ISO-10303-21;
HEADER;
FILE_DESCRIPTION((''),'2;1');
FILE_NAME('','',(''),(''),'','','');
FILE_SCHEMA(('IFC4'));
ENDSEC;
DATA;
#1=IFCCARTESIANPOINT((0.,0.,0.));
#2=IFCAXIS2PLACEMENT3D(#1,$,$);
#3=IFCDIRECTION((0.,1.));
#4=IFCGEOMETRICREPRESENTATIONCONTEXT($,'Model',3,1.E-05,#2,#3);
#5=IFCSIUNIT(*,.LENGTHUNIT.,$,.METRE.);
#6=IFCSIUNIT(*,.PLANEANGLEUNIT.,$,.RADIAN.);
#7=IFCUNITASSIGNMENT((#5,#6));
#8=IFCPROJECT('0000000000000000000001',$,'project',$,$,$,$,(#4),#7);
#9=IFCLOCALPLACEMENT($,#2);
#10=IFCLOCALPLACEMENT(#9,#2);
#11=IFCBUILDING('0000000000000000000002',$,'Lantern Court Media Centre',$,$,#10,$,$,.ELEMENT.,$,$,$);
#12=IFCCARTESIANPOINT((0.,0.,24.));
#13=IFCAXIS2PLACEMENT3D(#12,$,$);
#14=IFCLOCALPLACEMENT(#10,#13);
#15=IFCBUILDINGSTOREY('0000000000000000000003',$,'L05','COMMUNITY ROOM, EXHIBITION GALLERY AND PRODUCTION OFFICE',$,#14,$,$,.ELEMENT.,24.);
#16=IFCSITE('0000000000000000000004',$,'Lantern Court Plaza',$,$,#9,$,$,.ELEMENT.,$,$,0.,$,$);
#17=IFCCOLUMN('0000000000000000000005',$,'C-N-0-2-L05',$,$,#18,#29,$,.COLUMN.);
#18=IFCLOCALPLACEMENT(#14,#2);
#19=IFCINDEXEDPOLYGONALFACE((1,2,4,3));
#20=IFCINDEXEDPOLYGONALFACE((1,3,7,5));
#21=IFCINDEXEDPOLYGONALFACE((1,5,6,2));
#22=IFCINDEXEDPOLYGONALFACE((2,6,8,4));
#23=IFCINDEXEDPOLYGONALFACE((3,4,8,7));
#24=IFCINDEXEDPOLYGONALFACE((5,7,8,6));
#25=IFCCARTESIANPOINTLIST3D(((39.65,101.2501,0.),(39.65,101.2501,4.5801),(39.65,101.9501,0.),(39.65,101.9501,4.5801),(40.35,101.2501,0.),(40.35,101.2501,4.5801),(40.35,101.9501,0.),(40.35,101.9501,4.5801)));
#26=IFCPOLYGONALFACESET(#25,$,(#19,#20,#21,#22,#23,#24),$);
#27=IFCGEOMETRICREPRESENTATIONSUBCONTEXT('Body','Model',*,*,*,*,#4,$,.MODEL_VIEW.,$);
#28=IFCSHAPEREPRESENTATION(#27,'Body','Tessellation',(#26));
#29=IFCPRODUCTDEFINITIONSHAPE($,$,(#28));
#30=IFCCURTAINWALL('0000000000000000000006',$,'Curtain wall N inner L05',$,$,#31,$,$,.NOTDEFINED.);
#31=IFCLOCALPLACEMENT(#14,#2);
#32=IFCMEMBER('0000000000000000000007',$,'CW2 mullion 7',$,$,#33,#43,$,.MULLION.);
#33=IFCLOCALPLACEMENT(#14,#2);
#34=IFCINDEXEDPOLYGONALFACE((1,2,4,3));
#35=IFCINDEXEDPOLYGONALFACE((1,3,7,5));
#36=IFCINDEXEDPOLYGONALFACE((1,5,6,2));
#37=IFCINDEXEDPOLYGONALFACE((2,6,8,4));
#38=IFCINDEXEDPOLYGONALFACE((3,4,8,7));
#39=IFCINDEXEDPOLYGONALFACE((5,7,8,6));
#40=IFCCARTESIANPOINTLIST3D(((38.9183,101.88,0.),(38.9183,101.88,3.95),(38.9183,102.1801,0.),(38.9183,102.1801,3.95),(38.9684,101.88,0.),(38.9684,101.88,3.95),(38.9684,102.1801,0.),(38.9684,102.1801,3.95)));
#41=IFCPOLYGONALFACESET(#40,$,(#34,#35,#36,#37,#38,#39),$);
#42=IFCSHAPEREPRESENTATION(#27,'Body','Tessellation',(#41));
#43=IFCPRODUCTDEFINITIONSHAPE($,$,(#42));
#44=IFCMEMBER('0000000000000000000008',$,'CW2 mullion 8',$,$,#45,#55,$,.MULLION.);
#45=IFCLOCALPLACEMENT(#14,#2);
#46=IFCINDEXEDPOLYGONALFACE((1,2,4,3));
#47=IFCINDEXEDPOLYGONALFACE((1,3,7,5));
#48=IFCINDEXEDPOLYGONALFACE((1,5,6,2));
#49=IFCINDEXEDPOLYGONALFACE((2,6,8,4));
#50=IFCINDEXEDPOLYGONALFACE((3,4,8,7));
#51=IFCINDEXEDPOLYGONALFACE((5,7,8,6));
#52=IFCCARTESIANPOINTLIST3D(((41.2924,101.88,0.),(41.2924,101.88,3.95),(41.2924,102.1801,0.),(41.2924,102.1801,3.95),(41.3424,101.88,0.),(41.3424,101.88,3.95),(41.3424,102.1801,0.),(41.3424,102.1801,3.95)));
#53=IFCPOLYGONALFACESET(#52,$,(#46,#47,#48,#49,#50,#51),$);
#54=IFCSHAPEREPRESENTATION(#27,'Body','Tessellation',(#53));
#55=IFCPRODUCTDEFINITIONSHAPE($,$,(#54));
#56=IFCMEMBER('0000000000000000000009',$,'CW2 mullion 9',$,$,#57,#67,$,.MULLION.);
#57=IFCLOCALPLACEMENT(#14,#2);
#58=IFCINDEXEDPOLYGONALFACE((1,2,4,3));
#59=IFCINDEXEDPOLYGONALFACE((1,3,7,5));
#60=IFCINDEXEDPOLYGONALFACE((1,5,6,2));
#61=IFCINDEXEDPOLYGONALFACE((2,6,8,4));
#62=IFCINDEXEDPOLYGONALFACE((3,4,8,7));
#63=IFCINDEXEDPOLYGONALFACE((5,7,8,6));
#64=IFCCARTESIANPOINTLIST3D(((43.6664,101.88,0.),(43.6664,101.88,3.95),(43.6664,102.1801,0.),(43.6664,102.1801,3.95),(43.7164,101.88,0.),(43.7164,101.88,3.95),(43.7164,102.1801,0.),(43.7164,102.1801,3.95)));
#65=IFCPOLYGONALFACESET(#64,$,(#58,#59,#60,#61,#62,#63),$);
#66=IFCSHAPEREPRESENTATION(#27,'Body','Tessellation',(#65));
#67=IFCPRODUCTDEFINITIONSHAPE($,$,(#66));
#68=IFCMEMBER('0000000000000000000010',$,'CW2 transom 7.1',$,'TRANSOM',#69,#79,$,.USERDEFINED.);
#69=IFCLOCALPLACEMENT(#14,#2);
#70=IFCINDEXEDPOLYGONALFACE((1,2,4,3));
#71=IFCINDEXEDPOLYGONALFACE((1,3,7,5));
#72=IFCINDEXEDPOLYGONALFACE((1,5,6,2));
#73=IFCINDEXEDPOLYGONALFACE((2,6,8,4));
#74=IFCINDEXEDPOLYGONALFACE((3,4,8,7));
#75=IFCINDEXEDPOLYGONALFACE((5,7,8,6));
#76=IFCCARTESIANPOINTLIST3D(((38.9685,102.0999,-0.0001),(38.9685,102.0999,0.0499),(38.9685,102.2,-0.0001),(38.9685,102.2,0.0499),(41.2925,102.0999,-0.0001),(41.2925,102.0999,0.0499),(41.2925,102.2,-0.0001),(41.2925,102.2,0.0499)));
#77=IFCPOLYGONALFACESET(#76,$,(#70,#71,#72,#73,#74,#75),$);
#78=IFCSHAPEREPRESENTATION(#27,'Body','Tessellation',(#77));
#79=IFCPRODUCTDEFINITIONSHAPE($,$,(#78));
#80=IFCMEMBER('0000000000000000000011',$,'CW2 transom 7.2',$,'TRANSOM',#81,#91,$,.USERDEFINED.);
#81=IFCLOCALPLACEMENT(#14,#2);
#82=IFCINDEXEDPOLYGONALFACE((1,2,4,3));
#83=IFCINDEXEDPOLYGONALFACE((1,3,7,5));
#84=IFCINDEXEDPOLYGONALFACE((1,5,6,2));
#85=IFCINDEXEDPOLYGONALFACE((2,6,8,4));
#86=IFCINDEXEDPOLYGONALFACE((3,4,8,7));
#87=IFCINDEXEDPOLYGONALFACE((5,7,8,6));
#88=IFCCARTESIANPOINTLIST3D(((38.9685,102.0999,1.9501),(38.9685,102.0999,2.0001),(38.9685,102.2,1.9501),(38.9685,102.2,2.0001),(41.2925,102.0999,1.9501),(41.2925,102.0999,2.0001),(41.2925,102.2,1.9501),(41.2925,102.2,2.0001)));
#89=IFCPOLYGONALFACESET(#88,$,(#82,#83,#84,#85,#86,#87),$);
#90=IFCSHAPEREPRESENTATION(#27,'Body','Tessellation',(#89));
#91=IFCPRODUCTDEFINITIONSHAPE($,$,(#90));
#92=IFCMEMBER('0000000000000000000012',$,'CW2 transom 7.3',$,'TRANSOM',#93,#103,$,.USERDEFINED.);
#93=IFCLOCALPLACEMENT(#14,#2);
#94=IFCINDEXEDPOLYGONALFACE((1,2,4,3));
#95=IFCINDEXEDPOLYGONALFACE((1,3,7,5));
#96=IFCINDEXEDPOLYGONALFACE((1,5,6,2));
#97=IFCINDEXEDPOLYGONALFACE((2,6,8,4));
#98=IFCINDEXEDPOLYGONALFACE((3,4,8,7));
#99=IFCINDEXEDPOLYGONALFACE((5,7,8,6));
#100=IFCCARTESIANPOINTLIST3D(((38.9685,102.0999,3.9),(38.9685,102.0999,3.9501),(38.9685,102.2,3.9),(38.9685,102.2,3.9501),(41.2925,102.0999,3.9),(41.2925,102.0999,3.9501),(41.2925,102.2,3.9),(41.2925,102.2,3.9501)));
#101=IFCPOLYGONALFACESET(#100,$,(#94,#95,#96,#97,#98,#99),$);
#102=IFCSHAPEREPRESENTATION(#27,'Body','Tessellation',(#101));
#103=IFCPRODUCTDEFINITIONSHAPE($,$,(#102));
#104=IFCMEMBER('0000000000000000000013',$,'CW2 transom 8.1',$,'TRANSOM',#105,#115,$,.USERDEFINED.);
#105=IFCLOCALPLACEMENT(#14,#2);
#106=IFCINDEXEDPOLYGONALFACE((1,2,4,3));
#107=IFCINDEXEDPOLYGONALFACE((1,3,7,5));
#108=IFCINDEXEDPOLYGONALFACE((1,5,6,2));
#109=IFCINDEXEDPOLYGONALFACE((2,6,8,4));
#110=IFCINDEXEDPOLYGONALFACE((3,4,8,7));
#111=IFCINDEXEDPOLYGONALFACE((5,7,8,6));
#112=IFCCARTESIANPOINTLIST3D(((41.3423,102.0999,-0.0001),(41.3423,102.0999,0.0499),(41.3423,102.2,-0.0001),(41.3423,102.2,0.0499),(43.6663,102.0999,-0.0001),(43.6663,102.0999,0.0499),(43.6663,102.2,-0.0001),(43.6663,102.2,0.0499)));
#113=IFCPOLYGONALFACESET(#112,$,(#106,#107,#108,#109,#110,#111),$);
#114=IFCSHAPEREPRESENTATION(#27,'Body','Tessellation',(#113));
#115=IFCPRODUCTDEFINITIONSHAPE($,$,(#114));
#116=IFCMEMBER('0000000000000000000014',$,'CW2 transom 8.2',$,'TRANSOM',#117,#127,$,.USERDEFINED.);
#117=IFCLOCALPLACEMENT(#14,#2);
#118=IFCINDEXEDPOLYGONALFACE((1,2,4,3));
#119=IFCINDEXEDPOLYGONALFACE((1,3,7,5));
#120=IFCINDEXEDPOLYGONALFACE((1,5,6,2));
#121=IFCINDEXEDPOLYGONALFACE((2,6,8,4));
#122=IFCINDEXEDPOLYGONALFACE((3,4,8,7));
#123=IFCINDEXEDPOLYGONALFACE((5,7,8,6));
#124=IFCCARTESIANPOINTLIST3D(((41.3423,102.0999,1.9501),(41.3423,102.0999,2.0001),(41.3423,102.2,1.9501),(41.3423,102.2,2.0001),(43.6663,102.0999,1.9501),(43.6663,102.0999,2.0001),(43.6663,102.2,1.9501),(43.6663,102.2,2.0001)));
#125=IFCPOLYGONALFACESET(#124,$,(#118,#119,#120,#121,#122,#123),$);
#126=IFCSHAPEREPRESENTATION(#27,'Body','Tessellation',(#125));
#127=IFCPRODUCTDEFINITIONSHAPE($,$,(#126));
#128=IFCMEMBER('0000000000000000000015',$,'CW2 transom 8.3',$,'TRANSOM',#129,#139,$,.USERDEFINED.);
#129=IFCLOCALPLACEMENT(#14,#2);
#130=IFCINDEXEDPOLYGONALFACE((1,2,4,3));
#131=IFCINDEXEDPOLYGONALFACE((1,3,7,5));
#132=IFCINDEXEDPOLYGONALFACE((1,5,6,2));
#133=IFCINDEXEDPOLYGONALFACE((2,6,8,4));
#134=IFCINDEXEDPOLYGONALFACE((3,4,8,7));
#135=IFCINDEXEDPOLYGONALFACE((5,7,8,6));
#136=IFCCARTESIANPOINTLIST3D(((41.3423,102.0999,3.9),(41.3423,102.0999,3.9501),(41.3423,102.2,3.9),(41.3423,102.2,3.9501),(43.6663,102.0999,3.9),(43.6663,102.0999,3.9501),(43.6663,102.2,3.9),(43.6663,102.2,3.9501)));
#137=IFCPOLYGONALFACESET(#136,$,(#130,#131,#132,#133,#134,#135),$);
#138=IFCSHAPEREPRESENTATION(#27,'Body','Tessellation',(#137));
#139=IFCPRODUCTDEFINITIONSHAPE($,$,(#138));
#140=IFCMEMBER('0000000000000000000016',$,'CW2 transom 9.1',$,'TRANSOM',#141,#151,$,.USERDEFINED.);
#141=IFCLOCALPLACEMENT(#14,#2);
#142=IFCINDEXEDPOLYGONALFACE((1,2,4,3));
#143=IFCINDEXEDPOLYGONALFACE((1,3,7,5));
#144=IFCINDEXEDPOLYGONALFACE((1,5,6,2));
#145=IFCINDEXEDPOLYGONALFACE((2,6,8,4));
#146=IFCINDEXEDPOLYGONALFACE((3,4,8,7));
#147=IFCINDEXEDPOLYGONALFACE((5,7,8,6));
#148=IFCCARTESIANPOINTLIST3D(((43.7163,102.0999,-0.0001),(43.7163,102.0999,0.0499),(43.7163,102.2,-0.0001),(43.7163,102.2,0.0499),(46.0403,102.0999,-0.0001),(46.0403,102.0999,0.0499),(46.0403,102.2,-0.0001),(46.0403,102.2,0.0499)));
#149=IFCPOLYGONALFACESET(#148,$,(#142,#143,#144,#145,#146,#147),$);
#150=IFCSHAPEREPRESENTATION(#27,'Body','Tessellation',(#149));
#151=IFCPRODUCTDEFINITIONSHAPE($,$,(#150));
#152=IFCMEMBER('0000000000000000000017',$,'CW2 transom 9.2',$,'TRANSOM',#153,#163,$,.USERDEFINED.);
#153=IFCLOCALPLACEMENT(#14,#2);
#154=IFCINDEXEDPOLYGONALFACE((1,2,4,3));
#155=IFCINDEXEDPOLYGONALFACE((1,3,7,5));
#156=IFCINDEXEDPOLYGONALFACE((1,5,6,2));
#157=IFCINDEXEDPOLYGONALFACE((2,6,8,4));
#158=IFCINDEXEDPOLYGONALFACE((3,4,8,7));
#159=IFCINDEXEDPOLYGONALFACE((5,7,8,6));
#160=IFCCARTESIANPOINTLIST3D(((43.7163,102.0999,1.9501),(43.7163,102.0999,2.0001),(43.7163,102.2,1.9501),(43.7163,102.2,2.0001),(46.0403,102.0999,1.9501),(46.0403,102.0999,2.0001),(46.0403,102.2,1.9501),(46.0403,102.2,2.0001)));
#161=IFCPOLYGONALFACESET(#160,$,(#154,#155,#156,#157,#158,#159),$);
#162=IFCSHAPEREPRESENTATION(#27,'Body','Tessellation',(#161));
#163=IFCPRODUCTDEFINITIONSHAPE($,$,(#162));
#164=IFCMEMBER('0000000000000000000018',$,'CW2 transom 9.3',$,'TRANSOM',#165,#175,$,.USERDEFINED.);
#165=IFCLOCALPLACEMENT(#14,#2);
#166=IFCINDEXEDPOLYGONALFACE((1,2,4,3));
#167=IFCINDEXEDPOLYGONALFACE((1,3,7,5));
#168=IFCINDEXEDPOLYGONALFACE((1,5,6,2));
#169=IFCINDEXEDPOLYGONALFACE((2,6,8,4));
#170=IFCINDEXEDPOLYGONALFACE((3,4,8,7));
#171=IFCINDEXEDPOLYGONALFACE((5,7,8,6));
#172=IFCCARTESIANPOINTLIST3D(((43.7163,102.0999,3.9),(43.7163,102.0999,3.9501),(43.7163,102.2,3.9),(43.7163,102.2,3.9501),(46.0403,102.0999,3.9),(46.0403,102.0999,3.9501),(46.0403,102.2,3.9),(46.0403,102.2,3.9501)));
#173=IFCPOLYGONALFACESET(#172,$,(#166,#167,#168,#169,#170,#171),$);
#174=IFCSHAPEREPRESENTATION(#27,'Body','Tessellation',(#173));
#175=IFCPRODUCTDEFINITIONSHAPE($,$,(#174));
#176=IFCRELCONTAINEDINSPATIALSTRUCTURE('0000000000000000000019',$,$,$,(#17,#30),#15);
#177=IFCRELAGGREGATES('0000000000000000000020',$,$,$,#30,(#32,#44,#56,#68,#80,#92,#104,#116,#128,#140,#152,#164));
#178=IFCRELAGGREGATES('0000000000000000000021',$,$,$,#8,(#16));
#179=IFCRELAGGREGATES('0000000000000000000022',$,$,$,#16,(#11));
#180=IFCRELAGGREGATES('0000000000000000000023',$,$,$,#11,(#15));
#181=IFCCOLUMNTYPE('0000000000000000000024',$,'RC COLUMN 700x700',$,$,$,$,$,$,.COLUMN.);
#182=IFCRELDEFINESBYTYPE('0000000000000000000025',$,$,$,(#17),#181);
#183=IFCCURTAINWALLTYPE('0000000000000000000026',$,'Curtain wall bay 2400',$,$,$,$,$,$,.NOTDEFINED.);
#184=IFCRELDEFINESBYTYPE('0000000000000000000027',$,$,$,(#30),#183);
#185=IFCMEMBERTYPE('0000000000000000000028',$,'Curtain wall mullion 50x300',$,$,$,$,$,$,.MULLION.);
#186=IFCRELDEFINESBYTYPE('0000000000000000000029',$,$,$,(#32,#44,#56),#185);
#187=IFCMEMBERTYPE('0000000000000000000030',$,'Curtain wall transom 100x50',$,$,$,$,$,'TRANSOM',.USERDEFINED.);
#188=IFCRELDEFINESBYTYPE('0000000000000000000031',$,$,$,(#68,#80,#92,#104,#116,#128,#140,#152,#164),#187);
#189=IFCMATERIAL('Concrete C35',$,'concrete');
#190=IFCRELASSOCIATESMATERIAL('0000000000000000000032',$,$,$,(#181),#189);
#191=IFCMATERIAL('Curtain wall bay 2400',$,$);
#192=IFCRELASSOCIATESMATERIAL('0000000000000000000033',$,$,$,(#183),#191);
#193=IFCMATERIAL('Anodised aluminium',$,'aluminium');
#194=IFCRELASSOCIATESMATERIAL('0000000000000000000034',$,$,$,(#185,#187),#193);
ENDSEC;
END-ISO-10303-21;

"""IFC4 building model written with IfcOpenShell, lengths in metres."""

from ifc_helpers import new_model, si_unit, direction, frame, origin, origin_2d, place, context, subcontext, project, spatial, rectangle, extrude, material, material_profile, profile_set, type_object, element, aggregate, save


model = new_model("IFC4")

# Units and contexts
model_context = context("Model", 3, precision=1e-05, world=origin(), true_north=direction((0.0, 1.0)))
body_context = subcontext(model_context, "Body", "Model", "MODEL_VIEW")
ifc_project = project(units=[si_unit("LENGTHUNIT", "METRE"), si_unit("PLANEANGLEUNIT", "RADIAN")], contexts=[model_context])

# Site, building, storey
site_placement = place(None, origin())
site = spatial("IfcSite", under=ifc_project, at=site_placement, Name="Lantern Court Plaza", CompositionType="ELEMENT", RefElevation=0.0)
building_placement = place(site_placement, origin())
building = spatial("IfcBuilding", under=site, at=building_placement, Name="Lantern Court Media Centre", CompositionType="ELEMENT")
storey_placement = place(building_placement, frame((0.0, 0.0, 24.0)))
storey = spatial("IfcBuildingStorey", under=building, at=storey_placement, Name="L05", Description="COMMUNITY ROOM, EXHIBITION GALLERY AND PRODUCTION OFFICE", CompositionType="ELEMENT", Elevation=24.0)

# Column
ifc_material_1 = material(Name="Concrete C35", Category="concrete")
ifc_material_profile_1 = material_profile(ifc_material_1, rectangle(XDim=0.7, YDim=0.7, at=origin_2d()), Name="RC 700x700")
ifc_profile_set_1 = profile_set([ifc_material_profile_1], Name="Concrete C35")
column_type = type_object("IfcColumnType", Name="RC COLUMN 700x700", PredefinedType="COLUMN", material=ifc_profile_set_1)
column_placement = place(storey_placement, frame((40.0, 101.6001, 0.0), z_axis=(0.0, 0.0, 1.0), x_axis=(1.0, 0.0, 0.0)))
element("IfcColumn", 1, at=column_placement, inside=storey, type_object=column_type, Name="C-N-0-2-L05", PredefinedType="COLUMN", context=body_context, shape_type="SweptSolid", body=[
    extrude(rectangle(XDim=0.7, YDim=0.7, at=origin_2d()), origin(), (0.0, 0.0, 1.0), 4.5801),
])

# Curtain wall, members
ifc_material_2 = material(Name="Curtain wall bay 2400")
curtain_wall_type = type_object("IfcCurtainWallType", Name="Curtain wall bay 2400", PredefinedType="NOTDEFINED", material=ifc_material_2)
curtain_wall_placement = place(storey_placement, origin())
curtain_wall = element("IfcCurtainWall", 2, at=curtain_wall_placement, inside=storey, type_object=curtain_wall_type, Name="Curtain wall N inner L05", PredefinedType="NOTDEFINED")
ifc_material_3 = material(Name="Anodised aluminium", Category="aluminium")
ifc_material_profile_2 = material_profile(ifc_material_3, rectangle(XDim=0.3, YDim=0.05, at=origin_2d()), Name="AL 50x300")
ifc_profile_set_2 = profile_set([ifc_material_profile_2], Name="Anodised aluminium")
member_type_1 = type_object("IfcMemberType", Name="Curtain wall mullion 50x300", PredefinedType="MULLION", material=ifc_profile_set_2)
member_1_placement = place(storey_placement, frame((38.9434, 102.03, 0.0), z_axis=(0.0, 0.0, 1.0), x_axis=(0.0, 1.0, 0.0)))
member_1 = element("IfcMember", 3, at=member_1_placement, type_object=member_type_1, Name="CW2 mullion 7", PredefinedType="MULLION", context=body_context, shape_type="SweptSolid", body=[
    extrude(rectangle(XDim=0.3, YDim=0.05, at=origin_2d()), origin(), (0.0, 0.0, 1.0), 3.95),
])
member_2_placement = place(storey_placement, frame((41.3174, 102.03, 0.0), z_axis=(0.0, 0.0, 1.0), x_axis=(0.0, 1.0, 0.0)))
member_2 = element("IfcMember", 4, at=member_2_placement, type_object=member_type_1, Name="CW2 mullion 8", PredefinedType="MULLION", context=body_context, shape_type="SweptSolid", body=[
    extrude(rectangle(XDim=0.3, YDim=0.05, at=origin_2d()), origin(), (0.0, 0.0, 1.0), 3.95),
])
member_3_placement = place(storey_placement, frame((43.6914, 102.03, 0.0), z_axis=(0.0, 0.0, 1.0), x_axis=(0.0, 1.0, 0.0)))
member_3 = element("IfcMember", 5, at=member_3_placement, type_object=member_type_1, Name="CW2 mullion 9", PredefinedType="MULLION", context=body_context, shape_type="SweptSolid", body=[
    extrude(rectangle(XDim=0.3, YDim=0.05, at=origin_2d()), origin(), (0.0, 0.0, 1.0), 3.95),
])
ifc_material_profile_3 = material_profile(ifc_material_3, rectangle(XDim=0.1001, YDim=0.05, at=origin_2d()), Name="AL 50x100")
ifc_profile_set_3 = profile_set([ifc_material_profile_3], Name="Anodised aluminium")
member_type_2 = type_object("IfcMemberType", Name="Curtain wall transom 100x50", ElementType="TRANSOM", PredefinedType="USERDEFINED", material=ifc_profile_set_3)
member_4_placement = place(storey_placement, frame((38.9685, 102.1499, 0.0249), z_axis=(1.0, 0.0, 0.0), x_axis=(0.0, 1.0, 0.0)))
member_4 = element("IfcMember", 6, at=member_4_placement, type_object=member_type_2, Name="CW2 transom 7.1", ObjectType="TRANSOM", PredefinedType="USERDEFINED", context=body_context, shape_type="SweptSolid", body=[
    extrude(rectangle(XDim=0.1001, YDim=0.05, at=origin_2d()), origin(), (0.0, 0.0, 1.0), 2.324),
])
member_5_placement = place(storey_placement, frame((38.9685, 102.1499, 1.9751), z_axis=(1.0, 0.0, 0.0), x_axis=(0.0, 1.0, 0.0)))
member_5 = element("IfcMember", 7, at=member_5_placement, type_object=member_type_2, Name="CW2 transom 7.2", ObjectType="TRANSOM", PredefinedType="USERDEFINED", context=body_context, shape_type="SweptSolid", body=[
    extrude(rectangle(XDim=0.1001, YDim=0.05, at=origin_2d()), origin(), (0.0, 0.0, 1.0), 2.324),
])
member_6_placement = place(storey_placement, frame((38.9685, 102.1499, 3.925), z_axis=(1.0, 0.0, 0.0), x_axis=(0.0, 1.0, 0.0)))
member_6 = element("IfcMember", 8, at=member_6_placement, type_object=member_type_2, Name="CW2 transom 7.3", ObjectType="TRANSOM", PredefinedType="USERDEFINED", context=body_context, shape_type="SweptSolid", body=[
    extrude(rectangle(XDim=0.1001, YDim=0.05, at=origin_2d()), origin(), (0.0, 0.0, 1.0), 2.324),
])
member_7_placement = place(storey_placement, frame((41.3423, 102.1499, 0.0249), z_axis=(1.0, 0.0, 0.0), x_axis=(0.0, 1.0, 0.0)))
member_7 = element("IfcMember", 9, at=member_7_placement, type_object=member_type_2, Name="CW2 transom 8.1", ObjectType="TRANSOM", PredefinedType="USERDEFINED", context=body_context, shape_type="SweptSolid", body=[
    extrude(rectangle(XDim=0.1001, YDim=0.05, at=origin_2d()), origin(), (0.0, 0.0, 1.0), 2.324),
])
member_8_placement = place(storey_placement, frame((41.3423, 102.1499, 1.9751), z_axis=(1.0, 0.0, 0.0), x_axis=(0.0, 1.0, 0.0)))
member_8 = element("IfcMember", 10, at=member_8_placement, type_object=member_type_2, Name="CW2 transom 8.2", ObjectType="TRANSOM", PredefinedType="USERDEFINED", context=body_context, shape_type="SweptSolid", body=[
    extrude(rectangle(XDim=0.1001, YDim=0.05, at=origin_2d()), origin(), (0.0, 0.0, 1.0), 2.324),
])
member_9_placement = place(storey_placement, frame((41.3423, 102.1499, 3.925), z_axis=(1.0, 0.0, 0.0), x_axis=(0.0, 1.0, 0.0)))
member_9 = element("IfcMember", 11, at=member_9_placement, type_object=member_type_2, Name="CW2 transom 8.3", ObjectType="TRANSOM", PredefinedType="USERDEFINED", context=body_context, shape_type="SweptSolid", body=[
    extrude(rectangle(XDim=0.1001, YDim=0.05, at=origin_2d()), origin(), (0.0, 0.0, 1.0), 2.324),
])
member_10_placement = place(storey_placement, frame((43.7163, 102.1499, 0.0249), z_axis=(1.0, 0.0, 0.0), x_axis=(0.0, 1.0, 0.0)))
member_10 = element("IfcMember", 12, at=member_10_placement, type_object=member_type_2, Name="CW2 transom 9.1", ObjectType="TRANSOM", PredefinedType="USERDEFINED", context=body_context, shape_type="SweptSolid", body=[
    extrude(rectangle(XDim=0.1001, YDim=0.05, at=origin_2d()), origin(), (0.0, 0.0, 1.0), 2.324),
])
member_11_placement = place(storey_placement, frame((43.7163, 102.1499, 1.9751), z_axis=(1.0, 0.0, 0.0), x_axis=(0.0, 1.0, 0.0)))
member_11 = element("IfcMember", 13, at=member_11_placement, type_object=member_type_2, Name="CW2 transom 9.2", ObjectType="TRANSOM", PredefinedType="USERDEFINED", context=body_context, shape_type="SweptSolid", body=[
    extrude(rectangle(XDim=0.1001, YDim=0.05, at=origin_2d()), origin(), (0.0, 0.0, 1.0), 2.324),
])
member_12_placement = place(storey_placement, frame((43.7163, 102.1499, 3.925), z_axis=(1.0, 0.0, 0.0), x_axis=(0.0, 1.0, 0.0)))
member_12 = element("IfcMember", 14, at=member_12_placement, type_object=member_type_2, Name="CW2 transom 9.3", ObjectType="TRANSOM", PredefinedType="USERDEFINED", context=body_context, shape_type="SweptSolid", body=[
    extrude(rectangle(XDim=0.1001, YDim=0.05, at=origin_2d()), origin(), (0.0, 0.0, 1.0), 2.324),
])

aggregate(curtain_wall, [member_1, member_2, member_3, member_4, member_5, member_6, member_7, member_8, member_9, member_10, member_11, member_12])

save(model, "model.ifc")
